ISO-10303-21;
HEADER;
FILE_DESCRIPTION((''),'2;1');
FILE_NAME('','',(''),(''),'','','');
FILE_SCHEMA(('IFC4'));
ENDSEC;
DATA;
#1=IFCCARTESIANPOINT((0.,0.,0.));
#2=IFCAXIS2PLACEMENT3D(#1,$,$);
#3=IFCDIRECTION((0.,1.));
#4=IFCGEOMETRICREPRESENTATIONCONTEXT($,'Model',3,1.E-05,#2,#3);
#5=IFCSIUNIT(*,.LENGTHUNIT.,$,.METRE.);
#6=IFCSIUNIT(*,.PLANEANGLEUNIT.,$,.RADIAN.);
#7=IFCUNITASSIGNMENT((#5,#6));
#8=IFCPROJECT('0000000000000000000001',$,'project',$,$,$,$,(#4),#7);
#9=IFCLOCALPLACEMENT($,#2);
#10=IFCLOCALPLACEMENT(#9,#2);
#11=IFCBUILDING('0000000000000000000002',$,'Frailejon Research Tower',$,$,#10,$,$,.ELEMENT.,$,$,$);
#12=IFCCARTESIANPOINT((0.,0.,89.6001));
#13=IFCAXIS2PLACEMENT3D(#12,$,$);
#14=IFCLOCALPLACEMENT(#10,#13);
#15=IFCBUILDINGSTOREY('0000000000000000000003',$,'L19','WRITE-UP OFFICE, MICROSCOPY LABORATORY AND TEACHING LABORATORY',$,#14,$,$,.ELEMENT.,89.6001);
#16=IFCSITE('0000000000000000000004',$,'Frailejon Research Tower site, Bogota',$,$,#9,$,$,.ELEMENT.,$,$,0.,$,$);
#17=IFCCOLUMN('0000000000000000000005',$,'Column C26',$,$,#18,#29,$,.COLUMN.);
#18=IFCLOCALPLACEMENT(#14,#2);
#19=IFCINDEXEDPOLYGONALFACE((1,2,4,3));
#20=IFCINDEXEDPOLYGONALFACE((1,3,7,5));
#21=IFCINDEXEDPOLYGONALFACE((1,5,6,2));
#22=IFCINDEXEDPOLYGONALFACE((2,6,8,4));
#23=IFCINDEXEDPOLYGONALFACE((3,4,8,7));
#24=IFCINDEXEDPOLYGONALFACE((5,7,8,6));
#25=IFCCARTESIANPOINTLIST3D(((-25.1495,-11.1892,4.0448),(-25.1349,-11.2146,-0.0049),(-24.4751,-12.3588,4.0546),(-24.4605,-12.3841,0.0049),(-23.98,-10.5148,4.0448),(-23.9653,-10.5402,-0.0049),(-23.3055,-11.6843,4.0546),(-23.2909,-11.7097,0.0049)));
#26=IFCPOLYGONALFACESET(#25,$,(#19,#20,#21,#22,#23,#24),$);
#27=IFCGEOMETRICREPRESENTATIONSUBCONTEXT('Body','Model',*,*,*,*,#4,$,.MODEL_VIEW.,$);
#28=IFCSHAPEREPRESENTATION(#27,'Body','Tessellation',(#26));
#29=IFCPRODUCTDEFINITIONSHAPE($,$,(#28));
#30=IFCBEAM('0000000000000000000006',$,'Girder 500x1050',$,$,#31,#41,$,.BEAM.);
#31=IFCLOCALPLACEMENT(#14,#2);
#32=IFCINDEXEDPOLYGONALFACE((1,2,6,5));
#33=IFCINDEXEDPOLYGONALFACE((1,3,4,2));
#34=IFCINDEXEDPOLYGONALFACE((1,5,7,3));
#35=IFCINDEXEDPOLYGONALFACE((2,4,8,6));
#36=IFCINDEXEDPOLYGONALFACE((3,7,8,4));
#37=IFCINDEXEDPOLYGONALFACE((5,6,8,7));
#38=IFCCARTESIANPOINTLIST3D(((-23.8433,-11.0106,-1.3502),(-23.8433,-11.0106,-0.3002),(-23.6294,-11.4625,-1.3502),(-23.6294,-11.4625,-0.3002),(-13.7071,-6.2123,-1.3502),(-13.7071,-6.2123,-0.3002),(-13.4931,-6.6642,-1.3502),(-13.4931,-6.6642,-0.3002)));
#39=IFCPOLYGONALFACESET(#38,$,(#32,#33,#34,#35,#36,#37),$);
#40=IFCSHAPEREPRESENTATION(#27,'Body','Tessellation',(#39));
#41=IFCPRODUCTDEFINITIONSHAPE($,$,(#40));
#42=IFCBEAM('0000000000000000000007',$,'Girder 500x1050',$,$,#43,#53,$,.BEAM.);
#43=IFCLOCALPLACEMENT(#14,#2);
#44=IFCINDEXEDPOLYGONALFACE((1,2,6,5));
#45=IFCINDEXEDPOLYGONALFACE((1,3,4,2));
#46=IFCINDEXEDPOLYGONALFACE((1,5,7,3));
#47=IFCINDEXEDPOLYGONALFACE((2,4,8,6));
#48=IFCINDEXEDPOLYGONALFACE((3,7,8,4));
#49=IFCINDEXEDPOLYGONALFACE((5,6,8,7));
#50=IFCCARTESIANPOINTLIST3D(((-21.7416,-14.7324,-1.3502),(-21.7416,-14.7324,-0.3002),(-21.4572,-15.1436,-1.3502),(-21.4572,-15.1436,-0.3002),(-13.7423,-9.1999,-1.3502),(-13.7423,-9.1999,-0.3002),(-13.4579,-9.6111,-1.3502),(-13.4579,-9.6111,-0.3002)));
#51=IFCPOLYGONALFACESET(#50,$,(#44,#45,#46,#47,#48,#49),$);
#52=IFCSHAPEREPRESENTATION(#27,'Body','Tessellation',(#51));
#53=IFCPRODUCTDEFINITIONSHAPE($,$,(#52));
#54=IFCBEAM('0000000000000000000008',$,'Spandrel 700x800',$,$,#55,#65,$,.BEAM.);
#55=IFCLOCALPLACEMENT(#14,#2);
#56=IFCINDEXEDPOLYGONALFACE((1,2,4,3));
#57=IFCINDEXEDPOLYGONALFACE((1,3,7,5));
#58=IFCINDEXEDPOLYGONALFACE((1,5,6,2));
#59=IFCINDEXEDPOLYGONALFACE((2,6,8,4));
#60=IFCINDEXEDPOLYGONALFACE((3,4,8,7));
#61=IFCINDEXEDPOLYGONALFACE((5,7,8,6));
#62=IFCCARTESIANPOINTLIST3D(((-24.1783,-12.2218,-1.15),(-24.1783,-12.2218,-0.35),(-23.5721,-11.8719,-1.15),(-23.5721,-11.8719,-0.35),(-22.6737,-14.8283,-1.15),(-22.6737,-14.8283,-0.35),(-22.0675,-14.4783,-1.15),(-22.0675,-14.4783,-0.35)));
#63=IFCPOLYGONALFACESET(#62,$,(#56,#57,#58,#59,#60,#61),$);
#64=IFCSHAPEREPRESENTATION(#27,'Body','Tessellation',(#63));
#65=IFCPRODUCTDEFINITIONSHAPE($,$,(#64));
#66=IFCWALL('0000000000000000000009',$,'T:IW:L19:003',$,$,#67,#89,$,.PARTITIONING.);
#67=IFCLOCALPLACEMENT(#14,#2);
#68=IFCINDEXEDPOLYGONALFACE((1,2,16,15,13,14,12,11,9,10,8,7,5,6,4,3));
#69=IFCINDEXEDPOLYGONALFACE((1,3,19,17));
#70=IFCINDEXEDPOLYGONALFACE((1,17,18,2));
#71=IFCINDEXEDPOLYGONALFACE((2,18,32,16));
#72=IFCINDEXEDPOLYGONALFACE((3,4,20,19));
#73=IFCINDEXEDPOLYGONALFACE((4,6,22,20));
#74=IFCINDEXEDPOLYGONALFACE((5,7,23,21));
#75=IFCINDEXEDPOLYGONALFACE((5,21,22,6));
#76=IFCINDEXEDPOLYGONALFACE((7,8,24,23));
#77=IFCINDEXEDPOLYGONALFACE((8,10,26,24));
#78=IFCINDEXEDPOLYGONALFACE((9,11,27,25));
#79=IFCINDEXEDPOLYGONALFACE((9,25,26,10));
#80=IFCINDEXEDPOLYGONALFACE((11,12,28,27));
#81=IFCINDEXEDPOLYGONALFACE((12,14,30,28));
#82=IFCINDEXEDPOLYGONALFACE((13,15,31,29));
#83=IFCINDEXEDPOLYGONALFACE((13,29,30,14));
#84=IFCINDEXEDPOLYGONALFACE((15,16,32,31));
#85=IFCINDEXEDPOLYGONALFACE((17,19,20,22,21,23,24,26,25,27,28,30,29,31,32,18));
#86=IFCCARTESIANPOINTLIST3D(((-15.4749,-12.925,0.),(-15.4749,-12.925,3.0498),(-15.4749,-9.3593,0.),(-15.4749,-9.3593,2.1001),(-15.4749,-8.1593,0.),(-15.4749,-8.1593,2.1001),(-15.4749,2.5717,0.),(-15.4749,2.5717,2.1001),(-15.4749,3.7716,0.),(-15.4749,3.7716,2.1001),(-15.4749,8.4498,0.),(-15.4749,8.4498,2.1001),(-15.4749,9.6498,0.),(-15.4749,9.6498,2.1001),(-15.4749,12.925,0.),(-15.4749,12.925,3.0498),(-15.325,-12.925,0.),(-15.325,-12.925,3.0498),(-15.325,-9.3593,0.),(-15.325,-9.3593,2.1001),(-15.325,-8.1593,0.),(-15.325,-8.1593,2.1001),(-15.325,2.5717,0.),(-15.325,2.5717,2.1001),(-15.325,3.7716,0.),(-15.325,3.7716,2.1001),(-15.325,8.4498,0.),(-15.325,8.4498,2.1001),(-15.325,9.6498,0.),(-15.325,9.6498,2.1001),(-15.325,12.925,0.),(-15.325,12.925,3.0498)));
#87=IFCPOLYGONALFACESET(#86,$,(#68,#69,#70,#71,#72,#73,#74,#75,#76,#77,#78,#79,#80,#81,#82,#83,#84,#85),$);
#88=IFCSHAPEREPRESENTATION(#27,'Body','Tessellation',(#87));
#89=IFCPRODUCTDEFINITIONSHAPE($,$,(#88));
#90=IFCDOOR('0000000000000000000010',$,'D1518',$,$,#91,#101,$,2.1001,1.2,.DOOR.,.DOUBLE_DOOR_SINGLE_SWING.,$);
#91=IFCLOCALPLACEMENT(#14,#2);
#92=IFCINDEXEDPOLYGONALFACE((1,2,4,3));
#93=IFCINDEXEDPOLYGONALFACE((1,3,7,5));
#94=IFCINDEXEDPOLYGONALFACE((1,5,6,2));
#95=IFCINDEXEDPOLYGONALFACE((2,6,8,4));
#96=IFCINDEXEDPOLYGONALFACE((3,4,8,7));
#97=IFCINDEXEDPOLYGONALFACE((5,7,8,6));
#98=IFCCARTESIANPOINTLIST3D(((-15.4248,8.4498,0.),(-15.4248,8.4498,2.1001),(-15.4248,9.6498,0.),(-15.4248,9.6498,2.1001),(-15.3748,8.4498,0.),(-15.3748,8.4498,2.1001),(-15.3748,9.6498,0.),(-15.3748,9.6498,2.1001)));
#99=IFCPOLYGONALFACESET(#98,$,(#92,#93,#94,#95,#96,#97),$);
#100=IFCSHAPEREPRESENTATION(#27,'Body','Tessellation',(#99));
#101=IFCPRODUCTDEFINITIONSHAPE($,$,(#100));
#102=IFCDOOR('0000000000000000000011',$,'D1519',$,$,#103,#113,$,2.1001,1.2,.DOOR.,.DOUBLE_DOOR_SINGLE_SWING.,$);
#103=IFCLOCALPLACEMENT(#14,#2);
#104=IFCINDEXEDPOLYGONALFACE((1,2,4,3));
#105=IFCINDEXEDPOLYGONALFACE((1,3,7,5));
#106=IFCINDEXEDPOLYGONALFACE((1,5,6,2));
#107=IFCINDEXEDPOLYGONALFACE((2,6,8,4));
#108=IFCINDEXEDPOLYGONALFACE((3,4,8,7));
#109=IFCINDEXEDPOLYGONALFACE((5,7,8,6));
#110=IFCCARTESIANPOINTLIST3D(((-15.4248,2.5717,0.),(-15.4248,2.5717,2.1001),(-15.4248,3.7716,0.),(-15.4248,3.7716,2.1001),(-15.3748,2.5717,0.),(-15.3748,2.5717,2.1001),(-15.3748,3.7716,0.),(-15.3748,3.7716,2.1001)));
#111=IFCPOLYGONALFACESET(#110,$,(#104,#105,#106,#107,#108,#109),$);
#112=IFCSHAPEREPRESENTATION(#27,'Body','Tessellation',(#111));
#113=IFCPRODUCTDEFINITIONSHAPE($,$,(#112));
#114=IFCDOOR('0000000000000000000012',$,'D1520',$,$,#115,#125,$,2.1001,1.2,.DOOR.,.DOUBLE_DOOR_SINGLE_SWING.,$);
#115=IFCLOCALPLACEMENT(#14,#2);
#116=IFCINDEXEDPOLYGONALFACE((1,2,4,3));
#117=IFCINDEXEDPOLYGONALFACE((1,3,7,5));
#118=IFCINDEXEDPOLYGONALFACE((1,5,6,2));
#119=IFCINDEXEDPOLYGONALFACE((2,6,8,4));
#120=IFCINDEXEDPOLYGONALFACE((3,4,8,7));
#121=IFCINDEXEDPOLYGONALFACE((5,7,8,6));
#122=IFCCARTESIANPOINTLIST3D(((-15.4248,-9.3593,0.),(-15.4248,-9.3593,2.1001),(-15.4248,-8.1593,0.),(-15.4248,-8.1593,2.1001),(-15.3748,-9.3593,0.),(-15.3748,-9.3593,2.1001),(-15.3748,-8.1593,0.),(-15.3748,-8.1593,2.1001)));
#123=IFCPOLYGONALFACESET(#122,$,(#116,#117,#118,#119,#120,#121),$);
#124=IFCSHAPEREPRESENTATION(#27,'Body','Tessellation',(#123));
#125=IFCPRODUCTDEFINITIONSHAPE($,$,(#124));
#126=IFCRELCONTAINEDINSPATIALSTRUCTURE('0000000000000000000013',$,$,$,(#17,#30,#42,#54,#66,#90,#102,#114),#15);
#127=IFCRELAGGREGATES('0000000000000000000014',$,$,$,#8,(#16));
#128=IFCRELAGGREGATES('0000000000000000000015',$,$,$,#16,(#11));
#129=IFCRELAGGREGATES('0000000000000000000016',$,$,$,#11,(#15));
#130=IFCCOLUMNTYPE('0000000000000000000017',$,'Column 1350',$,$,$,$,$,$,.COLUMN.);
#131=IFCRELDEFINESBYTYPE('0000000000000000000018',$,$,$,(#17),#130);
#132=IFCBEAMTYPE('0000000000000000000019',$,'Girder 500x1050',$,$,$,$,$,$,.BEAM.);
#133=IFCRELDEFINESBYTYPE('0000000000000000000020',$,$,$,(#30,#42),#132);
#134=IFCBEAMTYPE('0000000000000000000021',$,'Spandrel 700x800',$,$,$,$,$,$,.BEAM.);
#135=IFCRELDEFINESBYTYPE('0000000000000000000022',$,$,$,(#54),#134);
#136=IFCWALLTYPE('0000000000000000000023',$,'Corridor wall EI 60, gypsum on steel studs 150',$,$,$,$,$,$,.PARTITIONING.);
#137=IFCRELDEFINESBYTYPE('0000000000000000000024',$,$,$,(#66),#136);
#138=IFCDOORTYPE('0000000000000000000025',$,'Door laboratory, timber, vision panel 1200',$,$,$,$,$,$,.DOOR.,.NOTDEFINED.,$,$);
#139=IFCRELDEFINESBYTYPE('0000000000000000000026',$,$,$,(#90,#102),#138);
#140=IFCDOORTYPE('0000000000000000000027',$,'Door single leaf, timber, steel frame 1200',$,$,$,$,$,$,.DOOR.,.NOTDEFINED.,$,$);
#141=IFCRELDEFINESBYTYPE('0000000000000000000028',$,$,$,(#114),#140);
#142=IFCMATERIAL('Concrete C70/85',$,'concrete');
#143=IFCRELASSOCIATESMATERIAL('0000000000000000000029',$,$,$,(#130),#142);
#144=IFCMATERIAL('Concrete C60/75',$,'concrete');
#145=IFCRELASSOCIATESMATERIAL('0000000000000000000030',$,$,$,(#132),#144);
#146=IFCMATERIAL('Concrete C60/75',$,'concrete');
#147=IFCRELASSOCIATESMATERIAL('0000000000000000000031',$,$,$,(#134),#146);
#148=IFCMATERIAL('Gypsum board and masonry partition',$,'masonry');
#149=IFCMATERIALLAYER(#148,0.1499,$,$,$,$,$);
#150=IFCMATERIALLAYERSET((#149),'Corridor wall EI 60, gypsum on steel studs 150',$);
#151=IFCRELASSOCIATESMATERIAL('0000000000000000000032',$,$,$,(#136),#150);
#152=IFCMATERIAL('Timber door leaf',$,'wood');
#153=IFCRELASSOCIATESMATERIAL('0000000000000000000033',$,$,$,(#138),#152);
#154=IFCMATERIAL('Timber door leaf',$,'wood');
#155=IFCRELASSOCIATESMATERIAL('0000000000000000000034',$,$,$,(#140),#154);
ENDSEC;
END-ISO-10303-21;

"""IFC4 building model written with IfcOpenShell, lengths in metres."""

from ifc_helpers import new_model, si_unit, direction, frame, frame_2d, origin, origin_2d, place, context, subcontext, project, spatial, rectangle, extrude, material, layer, layer_set, material_profile, profile_set, type_object, element, fill, save


model = new_model("IFC4")

# Units and contexts
model_context = context("Model", 3, precision=1e-05, world=origin(), true_north=direction((0.0, 1.0)))
body_context = subcontext(model_context, "Body", "Model", "MODEL_VIEW")
ifc_project = project(units=[si_unit("LENGTHUNIT", "METRE"), si_unit("PLANEANGLEUNIT", "RADIAN")], contexts=[model_context])

# Site, building, storey
site_placement = place(None, origin())
site = spatial("IfcSite", under=ifc_project, at=site_placement, Name="Frailejon Research Tower site, Bogota", CompositionType="ELEMENT", RefElevation=0.0)
building_placement = place(site_placement, origin())
building = spatial("IfcBuilding", under=site, at=building_placement, Name="Frailejon Research Tower", CompositionType="ELEMENT")
storey_placement = place(building_placement, frame((0.0, 0.0, 89.6001)))
storey = spatial("IfcBuildingStorey", under=building, at=storey_placement, Name="L19", Description="WRITE-UP OFFICE, MICROSCOPY LABORATORY AND TEACHING LABORATORY", CompositionType="ELEMENT", Elevation=89.6001)

# Column
ifc_material_1 = material(Name="Concrete C70/85", Category="concrete")
ifc_material_profile_1 = material_profile(ifc_material_1, rectangle(XDim=1.3501, YDim=1.3501, at=origin_2d()), Name="Column 1350")
ifc_profile_set_1 = profile_set([ifc_material_profile_1], Name="Concrete C70/85")
column_type = type_object("IfcColumnType", Name="Column 1350", PredefinedType="COLUMN", material=ifc_profile_set_1)
column_placement = place(storey_placement, frame((-24.2129, -11.4622, 0.0), z_axis=(-0.003617, 0.006269, 0.999974), x_axis=(0.499535, -0.866263, 0.007238)))
element("IfcColumn", 1, at=column_placement, inside=storey, type_object=column_type, Name="Column C26", PredefinedType="COLUMN", context=body_context, shape_type="SweptSolid", body=[
    extrude(rectangle(XDim=1.3501, YDim=1.3501, at=origin_2d()), origin(), (0.0, 0.0, 1.0), 4.0498),
])

# Beams
ifc_material_2 = material(Name="Concrete C60/75", Category="concrete")
ifc_material_profile_2 = material_profile(ifc_material_2, rectangle(XDim=0.5, YDim=1.05, at=origin_2d()), Name="Girder 500x1050")
ifc_profile_set_2 = profile_set([ifc_material_profile_2], Name="Concrete C60/75")
beam_type_1 = type_object("IfcBeamType", Name="Girder 500x1050", PredefinedType="BEAM", material=ifc_profile_set_2)
beam_1_placement = place(storey_placement, frame((-23.7363, -11.2366, -0.8252), z_axis=(0.903842, 0.427865, 0.0), x_axis=(-0.427865, 0.903842, 0.0)))
element("IfcBeam", 2, at=beam_1_placement, inside=storey, type_object=beam_type_1, Name="Girder 500x1050", PredefinedType="BEAM", context=body_context, shape_type="SweptSolid", body=[
    extrude(rectangle(XDim=0.5, YDim=1.05, at=origin_2d()), origin(), (0.0, 0.0, 1.0), 11.2146),
])
beam_2_placement = place(storey_placement, frame((-21.5994, -14.938, -0.8252), z_axis=(0.822456, 0.568829, 0.0), x_axis=(-0.568829, 0.822456, 0.0)))
element("IfcBeam", 3, at=beam_2_placement, inside=storey, type_object=beam_type_1, Name="Girder 500x1050", PredefinedType="BEAM", context=body_context, shape_type="SweptSolid", body=[
    extrude(rectangle(XDim=0.5, YDim=1.05, at=origin_2d()), origin(), (0.0, 0.0, 1.0), 9.7261),
])
ifc_material_3 = material(Name="Concrete C60/75", Category="concrete")
ifc_material_profile_3 = material_profile(ifc_material_3, rectangle(XDim=0.7, YDim=0.8, at=origin_2d()), Name="Spandrel 700x800")
ifc_profile_set_3 = profile_set([ifc_material_profile_3], Name="Concrete C60/75")
beam_type_2 = type_object("IfcBeamType", Name="Spandrel 700x800", PredefinedType="BEAM", material=ifc_profile_set_3)
beam_3_placement = place(storey_placement, frame((-23.8752, -12.0469, -0.75), z_axis=(0.499952, -0.866053, 0.0), x_axis=(0.866053, 0.499952, 0.0)))
element("IfcBeam", 4, at=beam_3_placement, inside=storey, type_object=beam_type_2, Name="Spandrel 700x800", PredefinedType="BEAM", context=body_context, shape_type="SweptSolid", body=[
    extrude(rectangle(XDim=0.7, YDim=0.8, at=origin_2d()), origin(), (0.0, 0.0, 1.0), 3.0095),
])

# Wall, openings, doors
ifc_material_4 = material(Name="Gypsum board and masonry partition", Category="masonry")
ifc_layer_1 = layer(ifc_material_4, 0.1499)
ifc_layer_set_1 = layer_set([ifc_layer_1], Name="Corridor wall EI 60, gypsum on steel studs 150")
wall_type_1 = type_object("IfcWallType", Name="Corridor wall EI 60, gypsum on steel studs 150", PredefinedType="PARTITIONING", material=ifc_layer_set_1)
wall_1_placement = place(storey_placement, frame((-15.3999, -12.925, 0.0), z_axis=(0.0, 0.0, 1.0), x_axis=(0.0, 1.0, 0.0)))
wall_1 = element("IfcWall", 5, at=wall_1_placement, inside=storey, type_object=wall_type_1, Name="T:IW:L19:003", PredefinedType="PARTITIONING", context=body_context, shape_type="SweptSolid", body=[
    extrude(rectangle(XDim=25.8501, YDim=0.1499, at=frame_2d((12.925, 0.0))), origin(), (0.0, 0.0, 1.0), 3.0498),
])
opening_1_placement = place(wall_1_placement, frame((21.3748, 0.0, 0.0)))
opening_1 = element("IfcOpeningElement", 6, at=opening_1_placement, cuts=wall_1, PredefinedType="OPENING", context=body_context, shape_type="SweptSolid", body=[
    extrude(rectangle(XDim=1.2, YDim=2.1001, at=frame_2d((0.6001, 1.05))), frame((0.0, 0.085, 0.0), z_axis=(0.0, -1.0, 0.0), x_axis=(1.0, 0.0, 0.0)), (0.0, 0.0, 1.0), 0.1699),
])
opening_2_placement = place(wall_1_placement, frame((15.4966, 0.0, 0.0)))
opening_2 = element("IfcOpeningElement", 7, at=opening_2_placement, cuts=wall_1, PredefinedType="OPENING", context=body_context, shape_type="SweptSolid", body=[
    extrude(rectangle(XDim=1.2, YDim=2.1001, at=frame_2d((0.6001, 1.05))), frame((0.0, 0.085, 0.0), z_axis=(0.0, -1.0, 0.0), x_axis=(1.0, 0.0, 0.0)), (0.0, 0.0, 1.0), 0.1699),
])
opening_3_placement = place(wall_1_placement, frame((3.5657, 0.0, 0.0)))
opening_3 = element("IfcOpeningElement", 8, at=opening_3_placement, cuts=wall_1, PredefinedType="OPENING", context=body_context, shape_type="SweptSolid", body=[
    extrude(rectangle(XDim=1.2, YDim=2.1001, at=frame_2d((0.6001, 1.05))), frame((0.0, 0.085, 0.0), z_axis=(0.0, -1.0, 0.0), x_axis=(1.0, 0.0, 0.0)), (0.0, 0.0, 1.0), 0.1699),
])
ifc_material_5 = material(Name="Timber door leaf", Category="wood")
door_type_1 = type_object("IfcDoorType", Name="Door laboratory, timber, vision panel 1200", OperationType="NOTDEFINED", PredefinedType="DOOR", material=ifc_material_5)
door_1_placement = place(opening_1_placement, origin())
door_1 = element("IfcDoor", 9, at=door_1_placement, inside=storey, type_object=door_type_1, Name="D1518", OperationType="DOUBLE_DOOR_SINGLE_SWING", OverallHeight=2.1001, OverallWidth=1.2, PredefinedType="DOOR", context=body_context, shape_type="SweptSolid", body=[
    extrude(rectangle(XDim=1.2, YDim=2.1001, at=frame_2d((0.6001, 1.05))), frame((0.0, 0.0249, 0.0), z_axis=(0.0, -1.0, 0.0), x_axis=(1.0, 0.0, 0.0)), (0.0, 0.0, 1.0), 0.05),
])
fill(opening_1, door_1)
door_2_placement = place(opening_2_placement, origin())
door_2 = element("IfcDoor", 10, at=door_2_placement, inside=storey, type_object=door_type_1, Name="D1519", OperationType="DOUBLE_DOOR_SINGLE_SWING", OverallHeight=2.1001, OverallWidth=1.2, PredefinedType="DOOR", context=body_context, shape_type="SweptSolid", body=[
    extrude(rectangle(XDim=1.2, YDim=2.1001, at=frame_2d((0.6001, 1.05))), frame((0.0, 0.0249, 0.0), z_axis=(0.0, -1.0, 0.0), x_axis=(1.0, 0.0, 0.0)), (0.0, 0.0, 1.0), 0.05),
])
fill(opening_2, door_2)
ifc_material_6 = material(Name="Timber door leaf", Category="wood")
door_type_2 = type_object("IfcDoorType", Name="Door single leaf, timber, steel frame 1200", OperationType="NOTDEFINED", PredefinedType="DOOR", material=ifc_material_6)
door_3_placement = place(opening_3_placement, origin())
door_3 = element("IfcDoor", 11, at=door_3_placement, inside=storey, type_object=door_type_2, Name="D1520", OperationType="DOUBLE_DOOR_SINGLE_SWING", OverallHeight=2.1001, OverallWidth=1.2, PredefinedType="DOOR", context=body_context, shape_type="SweptSolid", body=[
    extrude(rectangle(XDim=1.2, YDim=2.1001, at=frame_2d((0.6001, 1.05))), frame((0.0, 0.0249, 0.0), z_axis=(0.0, -1.0, 0.0), x_axis=(1.0, 0.0, 0.0)), (0.0, 0.0, 1.0), 0.05),
])
fill(opening_3, door_3)

save(model, "model.ifc")
